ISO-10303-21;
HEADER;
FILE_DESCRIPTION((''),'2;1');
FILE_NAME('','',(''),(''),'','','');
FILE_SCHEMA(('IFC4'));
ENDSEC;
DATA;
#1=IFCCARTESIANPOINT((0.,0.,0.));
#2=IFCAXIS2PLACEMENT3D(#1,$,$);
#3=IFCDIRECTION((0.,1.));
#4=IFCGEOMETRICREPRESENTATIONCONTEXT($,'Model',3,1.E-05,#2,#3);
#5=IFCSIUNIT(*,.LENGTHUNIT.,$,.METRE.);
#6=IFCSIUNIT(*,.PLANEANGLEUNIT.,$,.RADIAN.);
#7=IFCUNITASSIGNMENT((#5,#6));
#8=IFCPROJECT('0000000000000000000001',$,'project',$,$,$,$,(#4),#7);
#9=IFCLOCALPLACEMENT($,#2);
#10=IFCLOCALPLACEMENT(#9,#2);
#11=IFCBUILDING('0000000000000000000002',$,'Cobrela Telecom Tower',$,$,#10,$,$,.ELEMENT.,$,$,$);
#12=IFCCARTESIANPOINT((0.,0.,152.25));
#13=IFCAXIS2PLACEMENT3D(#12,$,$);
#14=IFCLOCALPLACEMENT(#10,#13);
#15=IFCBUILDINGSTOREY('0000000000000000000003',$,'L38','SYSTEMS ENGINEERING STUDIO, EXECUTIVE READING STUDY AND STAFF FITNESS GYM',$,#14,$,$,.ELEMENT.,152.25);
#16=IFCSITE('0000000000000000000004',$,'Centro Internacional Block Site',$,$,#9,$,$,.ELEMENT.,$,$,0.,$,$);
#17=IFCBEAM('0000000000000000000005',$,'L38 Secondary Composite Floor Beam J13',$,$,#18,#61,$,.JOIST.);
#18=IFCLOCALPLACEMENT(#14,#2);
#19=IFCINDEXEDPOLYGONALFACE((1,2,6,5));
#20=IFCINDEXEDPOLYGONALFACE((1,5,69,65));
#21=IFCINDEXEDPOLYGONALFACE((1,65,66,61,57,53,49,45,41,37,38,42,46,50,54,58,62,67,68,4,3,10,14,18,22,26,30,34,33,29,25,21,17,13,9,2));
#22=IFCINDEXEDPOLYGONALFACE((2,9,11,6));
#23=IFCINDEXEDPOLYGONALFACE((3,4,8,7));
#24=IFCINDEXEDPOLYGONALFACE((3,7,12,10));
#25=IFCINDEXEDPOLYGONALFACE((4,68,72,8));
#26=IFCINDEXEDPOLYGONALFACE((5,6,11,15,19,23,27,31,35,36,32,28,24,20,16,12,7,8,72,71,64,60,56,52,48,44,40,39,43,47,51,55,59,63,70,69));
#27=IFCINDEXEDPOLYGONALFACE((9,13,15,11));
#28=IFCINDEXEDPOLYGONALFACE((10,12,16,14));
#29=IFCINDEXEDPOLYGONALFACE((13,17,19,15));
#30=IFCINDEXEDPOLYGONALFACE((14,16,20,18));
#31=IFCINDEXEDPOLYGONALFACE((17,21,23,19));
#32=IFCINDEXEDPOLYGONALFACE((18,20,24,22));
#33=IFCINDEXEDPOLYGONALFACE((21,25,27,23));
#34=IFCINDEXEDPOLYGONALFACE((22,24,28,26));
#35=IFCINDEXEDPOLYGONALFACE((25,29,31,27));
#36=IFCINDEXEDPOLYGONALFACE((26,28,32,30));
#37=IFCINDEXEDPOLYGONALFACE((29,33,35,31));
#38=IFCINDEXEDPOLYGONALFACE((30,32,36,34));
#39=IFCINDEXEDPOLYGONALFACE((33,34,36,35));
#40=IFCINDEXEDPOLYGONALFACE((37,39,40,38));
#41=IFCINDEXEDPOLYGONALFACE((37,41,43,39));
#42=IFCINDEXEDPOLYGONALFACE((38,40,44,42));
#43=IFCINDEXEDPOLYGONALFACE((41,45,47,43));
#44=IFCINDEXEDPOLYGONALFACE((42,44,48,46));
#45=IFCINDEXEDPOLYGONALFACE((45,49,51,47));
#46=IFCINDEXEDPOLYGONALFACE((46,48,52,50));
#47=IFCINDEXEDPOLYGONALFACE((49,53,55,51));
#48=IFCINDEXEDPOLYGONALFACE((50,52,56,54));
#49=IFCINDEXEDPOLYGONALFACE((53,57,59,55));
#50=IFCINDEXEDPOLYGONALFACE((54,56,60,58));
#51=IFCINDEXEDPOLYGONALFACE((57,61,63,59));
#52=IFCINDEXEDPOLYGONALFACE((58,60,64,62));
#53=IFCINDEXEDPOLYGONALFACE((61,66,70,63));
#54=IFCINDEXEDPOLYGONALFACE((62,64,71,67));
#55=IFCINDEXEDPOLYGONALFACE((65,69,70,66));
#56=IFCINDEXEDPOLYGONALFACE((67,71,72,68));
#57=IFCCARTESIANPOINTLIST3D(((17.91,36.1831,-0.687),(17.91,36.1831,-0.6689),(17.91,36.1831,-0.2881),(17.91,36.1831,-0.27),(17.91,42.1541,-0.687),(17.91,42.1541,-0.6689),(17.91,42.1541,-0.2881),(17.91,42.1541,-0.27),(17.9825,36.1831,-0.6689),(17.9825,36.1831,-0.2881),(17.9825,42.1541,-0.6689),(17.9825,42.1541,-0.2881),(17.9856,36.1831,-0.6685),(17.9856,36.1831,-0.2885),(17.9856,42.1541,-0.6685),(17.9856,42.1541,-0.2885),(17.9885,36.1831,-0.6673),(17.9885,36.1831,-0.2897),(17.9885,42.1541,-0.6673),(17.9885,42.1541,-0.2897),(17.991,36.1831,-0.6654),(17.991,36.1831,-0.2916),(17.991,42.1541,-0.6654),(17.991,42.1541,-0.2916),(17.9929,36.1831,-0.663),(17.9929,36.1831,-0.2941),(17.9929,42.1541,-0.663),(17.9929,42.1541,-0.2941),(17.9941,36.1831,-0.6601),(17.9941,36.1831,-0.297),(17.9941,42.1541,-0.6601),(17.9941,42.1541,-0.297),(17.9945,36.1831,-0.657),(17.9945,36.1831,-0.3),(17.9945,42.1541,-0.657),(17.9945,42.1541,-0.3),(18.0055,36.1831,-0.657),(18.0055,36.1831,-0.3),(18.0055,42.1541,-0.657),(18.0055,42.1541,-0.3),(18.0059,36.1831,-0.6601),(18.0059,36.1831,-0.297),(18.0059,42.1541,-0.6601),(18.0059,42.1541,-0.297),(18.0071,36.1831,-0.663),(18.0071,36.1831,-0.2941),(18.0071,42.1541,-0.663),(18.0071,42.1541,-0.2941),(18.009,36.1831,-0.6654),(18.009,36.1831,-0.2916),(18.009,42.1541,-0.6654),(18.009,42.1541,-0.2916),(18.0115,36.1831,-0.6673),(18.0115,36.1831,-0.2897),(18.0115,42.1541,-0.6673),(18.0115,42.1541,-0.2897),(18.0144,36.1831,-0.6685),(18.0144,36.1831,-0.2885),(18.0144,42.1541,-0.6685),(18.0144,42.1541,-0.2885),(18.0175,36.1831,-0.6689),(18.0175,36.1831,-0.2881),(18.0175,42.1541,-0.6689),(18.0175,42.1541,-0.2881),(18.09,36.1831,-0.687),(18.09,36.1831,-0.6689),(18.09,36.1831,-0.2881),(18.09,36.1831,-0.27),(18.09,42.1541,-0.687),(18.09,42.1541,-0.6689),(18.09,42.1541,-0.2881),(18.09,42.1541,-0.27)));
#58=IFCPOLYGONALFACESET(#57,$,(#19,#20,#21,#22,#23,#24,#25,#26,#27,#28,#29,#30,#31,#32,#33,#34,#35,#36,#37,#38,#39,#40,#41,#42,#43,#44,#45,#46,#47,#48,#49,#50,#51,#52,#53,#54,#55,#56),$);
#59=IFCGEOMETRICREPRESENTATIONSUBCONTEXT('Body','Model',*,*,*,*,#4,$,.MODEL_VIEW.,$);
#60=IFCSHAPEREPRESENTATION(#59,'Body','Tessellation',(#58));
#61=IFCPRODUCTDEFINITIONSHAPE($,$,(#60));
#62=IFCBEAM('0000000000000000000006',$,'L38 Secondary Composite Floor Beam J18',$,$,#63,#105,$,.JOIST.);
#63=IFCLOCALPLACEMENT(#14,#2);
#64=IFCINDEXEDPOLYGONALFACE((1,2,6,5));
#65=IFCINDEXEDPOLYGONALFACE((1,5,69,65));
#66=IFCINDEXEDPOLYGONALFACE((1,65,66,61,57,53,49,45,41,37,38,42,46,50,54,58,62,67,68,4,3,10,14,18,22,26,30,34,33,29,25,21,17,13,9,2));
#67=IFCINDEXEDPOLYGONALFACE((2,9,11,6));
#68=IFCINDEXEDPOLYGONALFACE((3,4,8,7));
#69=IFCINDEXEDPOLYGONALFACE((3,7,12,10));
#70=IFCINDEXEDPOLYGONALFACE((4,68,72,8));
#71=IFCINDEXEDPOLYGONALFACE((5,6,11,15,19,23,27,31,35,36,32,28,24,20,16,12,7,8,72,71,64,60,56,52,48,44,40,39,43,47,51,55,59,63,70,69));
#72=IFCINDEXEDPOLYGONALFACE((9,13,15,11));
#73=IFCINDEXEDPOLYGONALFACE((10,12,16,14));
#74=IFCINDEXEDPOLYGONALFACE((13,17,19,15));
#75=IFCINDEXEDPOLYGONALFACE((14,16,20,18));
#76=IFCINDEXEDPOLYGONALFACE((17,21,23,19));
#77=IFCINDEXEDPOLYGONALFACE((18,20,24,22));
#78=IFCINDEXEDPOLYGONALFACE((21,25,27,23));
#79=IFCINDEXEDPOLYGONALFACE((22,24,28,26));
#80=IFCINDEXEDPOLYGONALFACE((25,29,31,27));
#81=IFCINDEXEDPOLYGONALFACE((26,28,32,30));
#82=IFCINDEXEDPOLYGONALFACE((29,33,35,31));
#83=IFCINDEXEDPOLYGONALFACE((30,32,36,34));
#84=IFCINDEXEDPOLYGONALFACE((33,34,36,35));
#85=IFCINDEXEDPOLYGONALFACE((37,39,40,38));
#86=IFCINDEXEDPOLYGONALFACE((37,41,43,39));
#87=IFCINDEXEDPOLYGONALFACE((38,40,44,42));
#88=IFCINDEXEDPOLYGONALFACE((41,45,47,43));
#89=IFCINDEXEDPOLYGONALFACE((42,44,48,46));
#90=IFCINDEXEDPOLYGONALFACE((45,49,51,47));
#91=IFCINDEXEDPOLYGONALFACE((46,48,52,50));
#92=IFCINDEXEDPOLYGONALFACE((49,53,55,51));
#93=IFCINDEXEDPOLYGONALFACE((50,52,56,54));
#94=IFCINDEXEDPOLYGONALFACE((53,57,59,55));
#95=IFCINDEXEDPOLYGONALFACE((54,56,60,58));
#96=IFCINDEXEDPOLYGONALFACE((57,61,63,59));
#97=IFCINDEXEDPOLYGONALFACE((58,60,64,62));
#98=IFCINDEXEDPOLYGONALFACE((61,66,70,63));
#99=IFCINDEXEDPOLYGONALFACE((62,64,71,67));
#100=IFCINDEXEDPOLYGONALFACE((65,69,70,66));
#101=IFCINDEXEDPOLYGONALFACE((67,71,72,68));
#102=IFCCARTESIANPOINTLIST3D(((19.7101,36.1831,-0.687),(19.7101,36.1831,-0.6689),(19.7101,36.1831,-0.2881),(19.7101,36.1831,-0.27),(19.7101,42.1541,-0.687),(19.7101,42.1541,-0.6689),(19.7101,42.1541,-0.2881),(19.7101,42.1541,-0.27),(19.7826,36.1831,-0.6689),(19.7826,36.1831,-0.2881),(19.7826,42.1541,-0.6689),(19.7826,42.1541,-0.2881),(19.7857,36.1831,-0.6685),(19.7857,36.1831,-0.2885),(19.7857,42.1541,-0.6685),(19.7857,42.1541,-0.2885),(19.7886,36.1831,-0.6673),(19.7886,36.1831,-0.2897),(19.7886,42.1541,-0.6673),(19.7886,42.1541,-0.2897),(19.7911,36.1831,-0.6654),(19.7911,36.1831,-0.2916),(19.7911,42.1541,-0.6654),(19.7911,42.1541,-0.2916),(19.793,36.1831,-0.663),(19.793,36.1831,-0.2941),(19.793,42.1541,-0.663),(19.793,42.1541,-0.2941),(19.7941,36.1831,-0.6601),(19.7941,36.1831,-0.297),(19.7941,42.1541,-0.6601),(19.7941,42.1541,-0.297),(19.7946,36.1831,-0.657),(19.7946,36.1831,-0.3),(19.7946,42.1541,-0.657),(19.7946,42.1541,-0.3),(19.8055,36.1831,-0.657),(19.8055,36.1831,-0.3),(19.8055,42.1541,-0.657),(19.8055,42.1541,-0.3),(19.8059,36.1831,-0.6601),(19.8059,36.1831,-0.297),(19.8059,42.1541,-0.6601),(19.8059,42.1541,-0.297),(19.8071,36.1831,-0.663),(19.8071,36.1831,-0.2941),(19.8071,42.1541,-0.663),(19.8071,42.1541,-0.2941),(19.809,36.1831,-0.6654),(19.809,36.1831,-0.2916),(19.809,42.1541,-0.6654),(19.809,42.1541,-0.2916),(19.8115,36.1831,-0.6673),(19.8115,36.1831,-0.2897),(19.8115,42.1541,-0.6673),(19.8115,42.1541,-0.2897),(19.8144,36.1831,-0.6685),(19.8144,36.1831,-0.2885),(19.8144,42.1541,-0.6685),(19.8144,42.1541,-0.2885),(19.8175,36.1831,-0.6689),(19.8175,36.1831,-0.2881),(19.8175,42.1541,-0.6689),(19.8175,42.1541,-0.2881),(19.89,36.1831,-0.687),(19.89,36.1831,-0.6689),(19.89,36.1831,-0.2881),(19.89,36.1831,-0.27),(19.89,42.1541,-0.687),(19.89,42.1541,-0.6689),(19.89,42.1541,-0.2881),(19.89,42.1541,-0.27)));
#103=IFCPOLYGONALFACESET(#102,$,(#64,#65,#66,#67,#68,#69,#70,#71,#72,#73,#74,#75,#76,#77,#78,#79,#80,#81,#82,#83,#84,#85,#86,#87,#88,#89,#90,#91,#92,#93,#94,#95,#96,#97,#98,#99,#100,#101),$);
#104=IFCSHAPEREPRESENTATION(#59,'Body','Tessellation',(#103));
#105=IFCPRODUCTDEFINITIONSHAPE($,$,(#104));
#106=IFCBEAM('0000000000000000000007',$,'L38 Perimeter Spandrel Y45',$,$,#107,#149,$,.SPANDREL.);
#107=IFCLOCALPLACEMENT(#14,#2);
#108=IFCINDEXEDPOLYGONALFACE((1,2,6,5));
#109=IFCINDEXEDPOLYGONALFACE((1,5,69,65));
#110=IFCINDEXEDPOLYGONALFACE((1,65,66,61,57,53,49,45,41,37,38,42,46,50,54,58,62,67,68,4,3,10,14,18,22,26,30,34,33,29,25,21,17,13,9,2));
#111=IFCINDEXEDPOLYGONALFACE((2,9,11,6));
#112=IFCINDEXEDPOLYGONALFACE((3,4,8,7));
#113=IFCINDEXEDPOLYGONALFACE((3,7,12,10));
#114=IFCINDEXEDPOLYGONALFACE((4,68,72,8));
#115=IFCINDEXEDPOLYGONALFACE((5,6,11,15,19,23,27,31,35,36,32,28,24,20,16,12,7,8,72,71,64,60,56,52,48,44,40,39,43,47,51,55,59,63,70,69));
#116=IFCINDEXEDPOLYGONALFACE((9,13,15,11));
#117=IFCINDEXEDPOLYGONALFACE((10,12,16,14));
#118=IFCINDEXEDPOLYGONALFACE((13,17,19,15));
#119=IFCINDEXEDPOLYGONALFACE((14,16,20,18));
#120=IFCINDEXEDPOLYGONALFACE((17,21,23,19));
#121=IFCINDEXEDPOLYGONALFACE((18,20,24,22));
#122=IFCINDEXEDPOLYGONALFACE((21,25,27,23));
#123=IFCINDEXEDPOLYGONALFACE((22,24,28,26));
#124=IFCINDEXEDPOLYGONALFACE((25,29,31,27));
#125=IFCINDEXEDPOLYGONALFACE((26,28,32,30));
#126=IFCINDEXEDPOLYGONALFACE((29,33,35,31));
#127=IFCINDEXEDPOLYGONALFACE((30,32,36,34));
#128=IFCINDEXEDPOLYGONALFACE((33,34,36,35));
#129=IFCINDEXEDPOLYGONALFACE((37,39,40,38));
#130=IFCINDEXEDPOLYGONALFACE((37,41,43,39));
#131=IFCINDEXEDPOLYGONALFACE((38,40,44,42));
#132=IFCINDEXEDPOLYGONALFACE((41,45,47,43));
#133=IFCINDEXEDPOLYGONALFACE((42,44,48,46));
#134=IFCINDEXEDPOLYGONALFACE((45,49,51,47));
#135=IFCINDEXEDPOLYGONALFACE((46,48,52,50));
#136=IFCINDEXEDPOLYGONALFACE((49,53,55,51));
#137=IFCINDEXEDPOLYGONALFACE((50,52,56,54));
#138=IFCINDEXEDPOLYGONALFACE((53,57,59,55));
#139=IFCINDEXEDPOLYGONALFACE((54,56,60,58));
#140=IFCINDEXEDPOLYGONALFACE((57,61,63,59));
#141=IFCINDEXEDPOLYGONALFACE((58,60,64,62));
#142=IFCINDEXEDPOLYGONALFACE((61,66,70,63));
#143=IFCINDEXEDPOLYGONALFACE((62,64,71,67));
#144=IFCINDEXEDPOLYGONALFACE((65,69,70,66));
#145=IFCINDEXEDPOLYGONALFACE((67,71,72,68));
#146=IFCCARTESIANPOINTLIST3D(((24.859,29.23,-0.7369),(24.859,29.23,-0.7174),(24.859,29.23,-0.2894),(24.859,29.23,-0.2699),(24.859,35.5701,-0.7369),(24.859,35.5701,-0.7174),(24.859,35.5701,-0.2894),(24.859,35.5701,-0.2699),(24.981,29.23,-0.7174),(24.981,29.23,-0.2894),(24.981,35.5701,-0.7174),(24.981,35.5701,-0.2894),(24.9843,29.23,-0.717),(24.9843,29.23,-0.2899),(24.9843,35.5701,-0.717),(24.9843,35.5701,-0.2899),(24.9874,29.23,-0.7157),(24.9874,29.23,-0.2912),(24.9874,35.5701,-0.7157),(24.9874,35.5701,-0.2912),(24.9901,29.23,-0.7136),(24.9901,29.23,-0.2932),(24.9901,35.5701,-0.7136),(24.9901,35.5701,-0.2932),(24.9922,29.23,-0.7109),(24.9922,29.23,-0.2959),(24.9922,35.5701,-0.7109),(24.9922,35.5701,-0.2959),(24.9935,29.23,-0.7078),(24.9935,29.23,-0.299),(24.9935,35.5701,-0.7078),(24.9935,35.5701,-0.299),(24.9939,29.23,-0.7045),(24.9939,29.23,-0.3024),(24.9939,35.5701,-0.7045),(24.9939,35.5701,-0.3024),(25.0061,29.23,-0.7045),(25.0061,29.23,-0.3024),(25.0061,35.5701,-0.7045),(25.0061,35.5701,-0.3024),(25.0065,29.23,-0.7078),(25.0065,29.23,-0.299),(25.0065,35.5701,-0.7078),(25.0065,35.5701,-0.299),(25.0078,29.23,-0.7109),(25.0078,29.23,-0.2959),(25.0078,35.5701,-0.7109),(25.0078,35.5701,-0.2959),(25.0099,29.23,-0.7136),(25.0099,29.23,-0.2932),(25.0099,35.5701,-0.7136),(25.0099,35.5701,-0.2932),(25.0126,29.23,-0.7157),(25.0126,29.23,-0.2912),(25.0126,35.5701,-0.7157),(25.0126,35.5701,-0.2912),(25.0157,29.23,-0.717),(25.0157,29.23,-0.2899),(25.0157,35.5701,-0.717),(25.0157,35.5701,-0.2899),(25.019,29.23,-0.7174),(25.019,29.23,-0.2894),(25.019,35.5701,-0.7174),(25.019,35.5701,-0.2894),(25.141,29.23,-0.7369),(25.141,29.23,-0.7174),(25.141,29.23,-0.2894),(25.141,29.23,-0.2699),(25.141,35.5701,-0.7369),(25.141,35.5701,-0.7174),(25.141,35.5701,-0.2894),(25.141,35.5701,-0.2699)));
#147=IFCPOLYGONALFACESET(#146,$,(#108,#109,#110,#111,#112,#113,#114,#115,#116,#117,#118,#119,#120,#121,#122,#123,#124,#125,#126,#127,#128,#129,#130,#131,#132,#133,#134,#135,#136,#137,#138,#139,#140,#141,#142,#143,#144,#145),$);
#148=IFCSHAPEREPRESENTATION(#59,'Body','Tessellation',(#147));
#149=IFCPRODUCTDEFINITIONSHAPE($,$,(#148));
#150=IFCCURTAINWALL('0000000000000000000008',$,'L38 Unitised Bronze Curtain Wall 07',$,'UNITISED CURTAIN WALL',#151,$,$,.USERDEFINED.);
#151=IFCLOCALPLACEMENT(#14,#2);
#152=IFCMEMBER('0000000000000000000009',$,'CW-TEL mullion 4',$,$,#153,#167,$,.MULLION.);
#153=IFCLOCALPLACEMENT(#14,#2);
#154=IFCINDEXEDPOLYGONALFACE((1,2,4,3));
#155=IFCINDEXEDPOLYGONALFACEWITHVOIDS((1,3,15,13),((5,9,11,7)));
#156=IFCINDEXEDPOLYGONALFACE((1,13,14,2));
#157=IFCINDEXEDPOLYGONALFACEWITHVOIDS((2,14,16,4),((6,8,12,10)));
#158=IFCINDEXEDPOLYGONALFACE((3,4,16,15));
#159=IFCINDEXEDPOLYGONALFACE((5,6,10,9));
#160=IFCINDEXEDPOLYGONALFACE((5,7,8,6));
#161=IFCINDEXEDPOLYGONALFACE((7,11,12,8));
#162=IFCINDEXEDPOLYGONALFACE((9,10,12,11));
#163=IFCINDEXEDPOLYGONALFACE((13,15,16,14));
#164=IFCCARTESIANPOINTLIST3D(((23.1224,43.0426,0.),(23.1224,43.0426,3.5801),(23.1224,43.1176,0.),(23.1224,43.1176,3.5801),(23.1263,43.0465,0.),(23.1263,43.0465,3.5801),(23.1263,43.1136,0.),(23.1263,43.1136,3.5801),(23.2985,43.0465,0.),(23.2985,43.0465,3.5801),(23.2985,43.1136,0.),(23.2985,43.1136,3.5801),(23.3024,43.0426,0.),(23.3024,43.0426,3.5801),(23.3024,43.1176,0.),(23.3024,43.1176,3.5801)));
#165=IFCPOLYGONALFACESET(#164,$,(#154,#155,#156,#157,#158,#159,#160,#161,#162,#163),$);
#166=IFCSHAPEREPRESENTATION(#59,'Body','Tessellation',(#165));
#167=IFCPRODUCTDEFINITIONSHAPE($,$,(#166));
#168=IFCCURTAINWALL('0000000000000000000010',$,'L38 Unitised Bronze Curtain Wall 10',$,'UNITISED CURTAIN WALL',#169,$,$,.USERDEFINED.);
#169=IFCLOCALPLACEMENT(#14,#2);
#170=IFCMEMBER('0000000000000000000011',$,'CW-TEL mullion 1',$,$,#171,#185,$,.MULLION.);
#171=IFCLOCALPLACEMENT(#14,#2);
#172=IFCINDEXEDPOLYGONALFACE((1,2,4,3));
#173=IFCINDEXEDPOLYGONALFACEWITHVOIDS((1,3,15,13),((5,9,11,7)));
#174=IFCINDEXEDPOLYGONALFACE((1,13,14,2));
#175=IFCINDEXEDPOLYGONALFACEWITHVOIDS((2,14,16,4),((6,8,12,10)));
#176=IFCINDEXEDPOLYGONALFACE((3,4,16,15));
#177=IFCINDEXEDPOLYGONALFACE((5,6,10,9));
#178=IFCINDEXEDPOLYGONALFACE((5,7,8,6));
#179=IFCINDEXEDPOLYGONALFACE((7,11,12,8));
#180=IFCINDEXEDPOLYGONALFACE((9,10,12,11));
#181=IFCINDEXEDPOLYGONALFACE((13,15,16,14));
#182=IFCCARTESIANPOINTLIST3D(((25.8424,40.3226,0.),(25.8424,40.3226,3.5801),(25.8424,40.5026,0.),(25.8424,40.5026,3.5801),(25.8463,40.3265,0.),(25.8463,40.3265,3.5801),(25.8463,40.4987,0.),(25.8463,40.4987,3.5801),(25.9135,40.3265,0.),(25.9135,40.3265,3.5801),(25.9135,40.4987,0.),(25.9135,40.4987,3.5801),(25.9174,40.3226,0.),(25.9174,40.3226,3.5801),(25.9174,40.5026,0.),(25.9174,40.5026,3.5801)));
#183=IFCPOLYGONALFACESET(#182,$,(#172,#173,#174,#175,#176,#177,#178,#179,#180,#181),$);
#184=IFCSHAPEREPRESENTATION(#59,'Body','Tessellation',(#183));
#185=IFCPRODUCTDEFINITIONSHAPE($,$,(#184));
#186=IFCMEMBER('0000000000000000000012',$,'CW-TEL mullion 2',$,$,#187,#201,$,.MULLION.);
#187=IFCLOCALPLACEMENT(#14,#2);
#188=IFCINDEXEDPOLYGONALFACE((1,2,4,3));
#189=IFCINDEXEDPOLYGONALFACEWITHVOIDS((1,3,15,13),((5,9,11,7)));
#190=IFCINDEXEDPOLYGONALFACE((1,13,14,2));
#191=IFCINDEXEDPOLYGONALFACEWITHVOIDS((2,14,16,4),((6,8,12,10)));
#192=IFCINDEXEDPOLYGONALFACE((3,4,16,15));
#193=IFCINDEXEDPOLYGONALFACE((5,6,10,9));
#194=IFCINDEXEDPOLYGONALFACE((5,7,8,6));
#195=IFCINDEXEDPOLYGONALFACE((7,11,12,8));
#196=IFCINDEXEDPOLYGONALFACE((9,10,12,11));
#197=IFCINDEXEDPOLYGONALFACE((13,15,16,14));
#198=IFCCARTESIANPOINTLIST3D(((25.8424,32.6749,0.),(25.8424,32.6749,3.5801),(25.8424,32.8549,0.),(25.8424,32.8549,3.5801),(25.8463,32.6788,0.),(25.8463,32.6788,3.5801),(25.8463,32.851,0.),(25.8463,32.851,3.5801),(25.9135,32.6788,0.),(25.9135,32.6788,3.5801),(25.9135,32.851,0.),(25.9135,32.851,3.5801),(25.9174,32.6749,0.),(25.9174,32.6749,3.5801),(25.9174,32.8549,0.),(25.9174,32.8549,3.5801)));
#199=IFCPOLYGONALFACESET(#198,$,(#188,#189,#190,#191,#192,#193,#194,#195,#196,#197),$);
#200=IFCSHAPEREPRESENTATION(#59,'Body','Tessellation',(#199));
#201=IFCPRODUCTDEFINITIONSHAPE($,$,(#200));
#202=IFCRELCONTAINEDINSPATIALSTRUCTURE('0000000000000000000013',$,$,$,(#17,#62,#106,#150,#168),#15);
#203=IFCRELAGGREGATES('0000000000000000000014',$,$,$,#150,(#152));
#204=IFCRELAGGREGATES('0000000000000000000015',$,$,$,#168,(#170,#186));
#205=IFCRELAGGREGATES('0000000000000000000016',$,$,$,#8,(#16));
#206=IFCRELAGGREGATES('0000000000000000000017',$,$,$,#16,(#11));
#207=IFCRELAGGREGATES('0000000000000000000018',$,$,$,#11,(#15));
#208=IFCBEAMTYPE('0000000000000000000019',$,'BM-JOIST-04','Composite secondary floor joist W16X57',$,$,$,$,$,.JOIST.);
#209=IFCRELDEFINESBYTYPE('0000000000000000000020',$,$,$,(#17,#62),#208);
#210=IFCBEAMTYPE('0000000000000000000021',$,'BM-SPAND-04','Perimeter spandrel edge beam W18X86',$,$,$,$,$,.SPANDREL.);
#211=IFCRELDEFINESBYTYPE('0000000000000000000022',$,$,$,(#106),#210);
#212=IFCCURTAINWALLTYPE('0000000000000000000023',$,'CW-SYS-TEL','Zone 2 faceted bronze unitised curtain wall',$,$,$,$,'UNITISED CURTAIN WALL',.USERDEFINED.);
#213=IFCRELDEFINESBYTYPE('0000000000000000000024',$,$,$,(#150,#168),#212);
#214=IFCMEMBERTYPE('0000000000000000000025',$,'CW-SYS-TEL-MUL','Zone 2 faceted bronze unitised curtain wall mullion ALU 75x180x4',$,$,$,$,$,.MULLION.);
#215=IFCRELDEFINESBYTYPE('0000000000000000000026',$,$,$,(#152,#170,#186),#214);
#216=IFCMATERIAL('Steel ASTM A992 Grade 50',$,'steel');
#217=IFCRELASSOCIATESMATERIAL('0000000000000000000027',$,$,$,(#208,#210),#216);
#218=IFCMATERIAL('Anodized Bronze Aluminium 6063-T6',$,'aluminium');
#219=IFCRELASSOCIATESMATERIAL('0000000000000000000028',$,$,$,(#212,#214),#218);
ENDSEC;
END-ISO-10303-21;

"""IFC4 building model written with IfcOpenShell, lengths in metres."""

from ifc_helpers import new_model, si_unit, direction, frame, origin, origin_2d, place, context, subcontext, project, spatial, hollow_rectangle, i_section, extrude, material, material_profile, profile_set, type_object, element, aggregate, save


model = new_model("IFC4")

# Units and contexts
model_context = context("Model", 3, precision=1e-05, world=origin(), true_north=direction((0.0, 1.0)))
body_context = subcontext(model_context, "Body", "Model", "MODEL_VIEW")
ifc_project = project(units=[si_unit("LENGTHUNIT", "METRE"), si_unit("PLANEANGLEUNIT", "RADIAN")], contexts=[model_context])

# Site, building, storey
site_placement = place(None, origin())
site = spatial("IfcSite", under=ifc_project, at=site_placement, Name="Centro Internacional Block Site", CompositionType="ELEMENT", RefElevation=0.0)
building_placement = place(site_placement, origin())
building = spatial("IfcBuilding", under=site, at=building_placement, Name="Cobrela Telecom Tower", CompositionType="ELEMENT")
storey_placement = place(building_placement, frame((0.0, 0.0, 152.25)))
storey = spatial("IfcBuildingStorey", under=building, at=storey_placement, Name="L38", Description="SYSTEMS ENGINEERING STUDIO, EXECUTIVE READING STUDY AND STAFF FITNESS GYM", CompositionType="ELEMENT", Elevation=152.25)

# Shared definitions
ifc_material_1 = material(Name="Steel ASTM A992 Grade 50", Category="steel")

# Beams
ifc_material_profile_1 = material_profile(ifc_material_1, i_section(OverallWidth=0.1799, OverallDepth=0.417, WebThickness=0.011, FlangeThickness=0.0181, FilletRadius=0.012, at=origin_2d()), Name="W16X57")
ifc_profile_set_1 = profile_set([ifc_material_profile_1], Name="Steel ASTM A992 Grade 50")
beam_type_1 = type_object("IfcBeamType", Name="BM-JOIST-04", Description="Composite secondary floor joist W16X57", PredefinedType="JOIST", material=ifc_profile_set_1)
for number, where, z_axis, x_axis, name in (
    (1, (18.0, 36.1831, -0.4785), (0.0, 1.0, 0.0), (-1.0, 0.0, 0.0), "L38 Secondary Composite Floor Beam J13"),
    (2, (19.8, 36.1831, -0.4785), (0.0, 1.0, 0.0), (-1.0, 0.0, 0.0), "L38 Secondary Composite Floor Beam J18"),
):
    element("IfcBeam", number, at=place(storey_placement, frame(where, z_axis=z_axis, x_axis=x_axis)), inside=storey, type_object=beam_type_1, Name=name, PredefinedType="JOIST", context=body_context, shape_type="SweptSolid", body=[
        extrude(i_section(OverallWidth=0.1799, OverallDepth=0.417, WebThickness=0.011, FlangeThickness=0.0181, FilletRadius=0.012, at=origin_2d()), origin(), (0.0, 0.0, 1.0), 5.9709),
    ])
ifc_material_profile_2 = material_profile(ifc_material_1, i_section(OverallWidth=0.282, OverallDepth=0.467, WebThickness=0.0122, FlangeThickness=0.0195, FilletRadius=0.0129, at=origin_2d()), Name="W18X86")
ifc_profile_set_2 = profile_set([ifc_material_profile_2], Name="Steel ASTM A992 Grade 50")
beam_type_2 = type_object("IfcBeamType", Name="BM-SPAND-04", Description="Perimeter spandrel edge beam W18X86", PredefinedType="SPANDREL", material=ifc_profile_set_2)
beam_1_placement = place(storey_placement, frame((25.0, 29.23, -0.5034), z_axis=(0.0, 1.0, 0.0), x_axis=(-1.0, 0.0, 0.0)))
element("IfcBeam", 3, at=beam_1_placement, inside=storey, type_object=beam_type_2, Name="L38 Perimeter Spandrel Y45", PredefinedType="SPANDREL", context=body_context, shape_type="SweptSolid", body=[
    extrude(i_section(OverallWidth=0.282, OverallDepth=0.467, WebThickness=0.0122, FlangeThickness=0.0195, FilletRadius=0.0129, at=origin_2d()), origin(), (0.0, 0.0, 1.0), 6.3401),
])

# Curtain wall, member
ifc_material_2 = material(Name="Anodized Bronze Aluminium 6063-T6", Category="aluminium")
curtain_wall_type = type_object("IfcCurtainWallType", Name="CW-SYS-TEL", Description="Zone 2 faceted bronze unitised curtain wall", ElementType="UNITISED CURTAIN WALL", PredefinedType="USERDEFINED", material=ifc_material_2)
curtain_wall_1_placement = place(storey_placement, origin())
curtain_wall_1 = element("IfcCurtainWall", 4, at=curtain_wall_1_placement, inside=storey, type_object=curtain_wall_type, Name="L38 Unitised Bronze Curtain Wall 07", ObjectType="UNITISED CURTAIN WALL", PredefinedType="USERDEFINED")
ifc_material_profile_3 = material_profile(ifc_material_2, hollow_rectangle(XDim=0.075, YDim=0.1799, WallThickness=0.0039, at=origin_2d()), Name="ALU 75x180x4")
ifc_profile_set_3 = profile_set([ifc_material_profile_3], Name="Anodized Bronze Aluminium 6063-T6")
member_type_1 = type_object("IfcMemberType", Name="CW-SYS-TEL-MUL", Description="Zone 2 faceted bronze unitised curtain wall mullion ALU 75x180x4", PredefinedType="MULLION", material=ifc_profile_set_3)
member_1_placement = place(storey_placement, frame((23.2124, 43.0801, 0.0), z_axis=(0.0, 0.0, 1.0), x_axis=(0.0, 1.0, 0.0)))
member_1 = element("IfcMember", 5, at=member_1_placement, type_object=member_type_1, Name="CW-TEL mullion 4", PredefinedType="MULLION", context=body_context, shape_type="SweptSolid", body=[
    extrude(hollow_rectangle(XDim=0.075, YDim=0.1799, WallThickness=0.0039, at=origin_2d()), origin(), (0.0, 0.0, 1.0), 3.5801),
])

# Curtain wall, members
curtain_wall_2_placement = place(storey_placement, origin())
curtain_wall_2 = element("IfcCurtainWall", 6, at=curtain_wall_2_placement, inside=storey, type_object=curtain_wall_type, Name="L38 Unitised Bronze Curtain Wall 10", ObjectType="UNITISED CURTAIN WALL", PredefinedType="USERDEFINED")
member_2_placement = place(storey_placement, frame((25.8799, 40.4126, 0.0), z_axis=(0.0, 0.0, 1.0), x_axis=(1.0, 0.0, 0.0)))
member_2 = element("IfcMember", 7, at=member_2_placement, type_object=member_type_1, Name="CW-TEL mullion 1", PredefinedType="MULLION", context=body_context, shape_type="SweptSolid", body=[
    extrude(hollow_rectangle(XDim=0.075, YDim=0.1799, WallThickness=0.0039, at=origin_2d()), origin(), (0.0, 0.0, 1.0), 3.5801),
])
member_3_placement = place(storey_placement, frame((25.8799, 32.7649, 0.0), z_axis=(0.0, 0.0, 1.0), x_axis=(1.0, 0.0, 0.0)))
member_3 = element("IfcMember", 8, at=member_3_placement, type_object=member_type_1, Name="CW-TEL mullion 2", PredefinedType="MULLION", context=body_context, shape_type="SweptSolid", body=[
    extrude(hollow_rectangle(XDim=0.075, YDim=0.1799, WallThickness=0.0039, at=origin_2d()), origin(), (0.0, 0.0, 1.0), 3.5801),
])

aggregate(curtain_wall_1, [member_1])
aggregate(curtain_wall_2, [member_2, member_3])

save(model, "model.ifc")
